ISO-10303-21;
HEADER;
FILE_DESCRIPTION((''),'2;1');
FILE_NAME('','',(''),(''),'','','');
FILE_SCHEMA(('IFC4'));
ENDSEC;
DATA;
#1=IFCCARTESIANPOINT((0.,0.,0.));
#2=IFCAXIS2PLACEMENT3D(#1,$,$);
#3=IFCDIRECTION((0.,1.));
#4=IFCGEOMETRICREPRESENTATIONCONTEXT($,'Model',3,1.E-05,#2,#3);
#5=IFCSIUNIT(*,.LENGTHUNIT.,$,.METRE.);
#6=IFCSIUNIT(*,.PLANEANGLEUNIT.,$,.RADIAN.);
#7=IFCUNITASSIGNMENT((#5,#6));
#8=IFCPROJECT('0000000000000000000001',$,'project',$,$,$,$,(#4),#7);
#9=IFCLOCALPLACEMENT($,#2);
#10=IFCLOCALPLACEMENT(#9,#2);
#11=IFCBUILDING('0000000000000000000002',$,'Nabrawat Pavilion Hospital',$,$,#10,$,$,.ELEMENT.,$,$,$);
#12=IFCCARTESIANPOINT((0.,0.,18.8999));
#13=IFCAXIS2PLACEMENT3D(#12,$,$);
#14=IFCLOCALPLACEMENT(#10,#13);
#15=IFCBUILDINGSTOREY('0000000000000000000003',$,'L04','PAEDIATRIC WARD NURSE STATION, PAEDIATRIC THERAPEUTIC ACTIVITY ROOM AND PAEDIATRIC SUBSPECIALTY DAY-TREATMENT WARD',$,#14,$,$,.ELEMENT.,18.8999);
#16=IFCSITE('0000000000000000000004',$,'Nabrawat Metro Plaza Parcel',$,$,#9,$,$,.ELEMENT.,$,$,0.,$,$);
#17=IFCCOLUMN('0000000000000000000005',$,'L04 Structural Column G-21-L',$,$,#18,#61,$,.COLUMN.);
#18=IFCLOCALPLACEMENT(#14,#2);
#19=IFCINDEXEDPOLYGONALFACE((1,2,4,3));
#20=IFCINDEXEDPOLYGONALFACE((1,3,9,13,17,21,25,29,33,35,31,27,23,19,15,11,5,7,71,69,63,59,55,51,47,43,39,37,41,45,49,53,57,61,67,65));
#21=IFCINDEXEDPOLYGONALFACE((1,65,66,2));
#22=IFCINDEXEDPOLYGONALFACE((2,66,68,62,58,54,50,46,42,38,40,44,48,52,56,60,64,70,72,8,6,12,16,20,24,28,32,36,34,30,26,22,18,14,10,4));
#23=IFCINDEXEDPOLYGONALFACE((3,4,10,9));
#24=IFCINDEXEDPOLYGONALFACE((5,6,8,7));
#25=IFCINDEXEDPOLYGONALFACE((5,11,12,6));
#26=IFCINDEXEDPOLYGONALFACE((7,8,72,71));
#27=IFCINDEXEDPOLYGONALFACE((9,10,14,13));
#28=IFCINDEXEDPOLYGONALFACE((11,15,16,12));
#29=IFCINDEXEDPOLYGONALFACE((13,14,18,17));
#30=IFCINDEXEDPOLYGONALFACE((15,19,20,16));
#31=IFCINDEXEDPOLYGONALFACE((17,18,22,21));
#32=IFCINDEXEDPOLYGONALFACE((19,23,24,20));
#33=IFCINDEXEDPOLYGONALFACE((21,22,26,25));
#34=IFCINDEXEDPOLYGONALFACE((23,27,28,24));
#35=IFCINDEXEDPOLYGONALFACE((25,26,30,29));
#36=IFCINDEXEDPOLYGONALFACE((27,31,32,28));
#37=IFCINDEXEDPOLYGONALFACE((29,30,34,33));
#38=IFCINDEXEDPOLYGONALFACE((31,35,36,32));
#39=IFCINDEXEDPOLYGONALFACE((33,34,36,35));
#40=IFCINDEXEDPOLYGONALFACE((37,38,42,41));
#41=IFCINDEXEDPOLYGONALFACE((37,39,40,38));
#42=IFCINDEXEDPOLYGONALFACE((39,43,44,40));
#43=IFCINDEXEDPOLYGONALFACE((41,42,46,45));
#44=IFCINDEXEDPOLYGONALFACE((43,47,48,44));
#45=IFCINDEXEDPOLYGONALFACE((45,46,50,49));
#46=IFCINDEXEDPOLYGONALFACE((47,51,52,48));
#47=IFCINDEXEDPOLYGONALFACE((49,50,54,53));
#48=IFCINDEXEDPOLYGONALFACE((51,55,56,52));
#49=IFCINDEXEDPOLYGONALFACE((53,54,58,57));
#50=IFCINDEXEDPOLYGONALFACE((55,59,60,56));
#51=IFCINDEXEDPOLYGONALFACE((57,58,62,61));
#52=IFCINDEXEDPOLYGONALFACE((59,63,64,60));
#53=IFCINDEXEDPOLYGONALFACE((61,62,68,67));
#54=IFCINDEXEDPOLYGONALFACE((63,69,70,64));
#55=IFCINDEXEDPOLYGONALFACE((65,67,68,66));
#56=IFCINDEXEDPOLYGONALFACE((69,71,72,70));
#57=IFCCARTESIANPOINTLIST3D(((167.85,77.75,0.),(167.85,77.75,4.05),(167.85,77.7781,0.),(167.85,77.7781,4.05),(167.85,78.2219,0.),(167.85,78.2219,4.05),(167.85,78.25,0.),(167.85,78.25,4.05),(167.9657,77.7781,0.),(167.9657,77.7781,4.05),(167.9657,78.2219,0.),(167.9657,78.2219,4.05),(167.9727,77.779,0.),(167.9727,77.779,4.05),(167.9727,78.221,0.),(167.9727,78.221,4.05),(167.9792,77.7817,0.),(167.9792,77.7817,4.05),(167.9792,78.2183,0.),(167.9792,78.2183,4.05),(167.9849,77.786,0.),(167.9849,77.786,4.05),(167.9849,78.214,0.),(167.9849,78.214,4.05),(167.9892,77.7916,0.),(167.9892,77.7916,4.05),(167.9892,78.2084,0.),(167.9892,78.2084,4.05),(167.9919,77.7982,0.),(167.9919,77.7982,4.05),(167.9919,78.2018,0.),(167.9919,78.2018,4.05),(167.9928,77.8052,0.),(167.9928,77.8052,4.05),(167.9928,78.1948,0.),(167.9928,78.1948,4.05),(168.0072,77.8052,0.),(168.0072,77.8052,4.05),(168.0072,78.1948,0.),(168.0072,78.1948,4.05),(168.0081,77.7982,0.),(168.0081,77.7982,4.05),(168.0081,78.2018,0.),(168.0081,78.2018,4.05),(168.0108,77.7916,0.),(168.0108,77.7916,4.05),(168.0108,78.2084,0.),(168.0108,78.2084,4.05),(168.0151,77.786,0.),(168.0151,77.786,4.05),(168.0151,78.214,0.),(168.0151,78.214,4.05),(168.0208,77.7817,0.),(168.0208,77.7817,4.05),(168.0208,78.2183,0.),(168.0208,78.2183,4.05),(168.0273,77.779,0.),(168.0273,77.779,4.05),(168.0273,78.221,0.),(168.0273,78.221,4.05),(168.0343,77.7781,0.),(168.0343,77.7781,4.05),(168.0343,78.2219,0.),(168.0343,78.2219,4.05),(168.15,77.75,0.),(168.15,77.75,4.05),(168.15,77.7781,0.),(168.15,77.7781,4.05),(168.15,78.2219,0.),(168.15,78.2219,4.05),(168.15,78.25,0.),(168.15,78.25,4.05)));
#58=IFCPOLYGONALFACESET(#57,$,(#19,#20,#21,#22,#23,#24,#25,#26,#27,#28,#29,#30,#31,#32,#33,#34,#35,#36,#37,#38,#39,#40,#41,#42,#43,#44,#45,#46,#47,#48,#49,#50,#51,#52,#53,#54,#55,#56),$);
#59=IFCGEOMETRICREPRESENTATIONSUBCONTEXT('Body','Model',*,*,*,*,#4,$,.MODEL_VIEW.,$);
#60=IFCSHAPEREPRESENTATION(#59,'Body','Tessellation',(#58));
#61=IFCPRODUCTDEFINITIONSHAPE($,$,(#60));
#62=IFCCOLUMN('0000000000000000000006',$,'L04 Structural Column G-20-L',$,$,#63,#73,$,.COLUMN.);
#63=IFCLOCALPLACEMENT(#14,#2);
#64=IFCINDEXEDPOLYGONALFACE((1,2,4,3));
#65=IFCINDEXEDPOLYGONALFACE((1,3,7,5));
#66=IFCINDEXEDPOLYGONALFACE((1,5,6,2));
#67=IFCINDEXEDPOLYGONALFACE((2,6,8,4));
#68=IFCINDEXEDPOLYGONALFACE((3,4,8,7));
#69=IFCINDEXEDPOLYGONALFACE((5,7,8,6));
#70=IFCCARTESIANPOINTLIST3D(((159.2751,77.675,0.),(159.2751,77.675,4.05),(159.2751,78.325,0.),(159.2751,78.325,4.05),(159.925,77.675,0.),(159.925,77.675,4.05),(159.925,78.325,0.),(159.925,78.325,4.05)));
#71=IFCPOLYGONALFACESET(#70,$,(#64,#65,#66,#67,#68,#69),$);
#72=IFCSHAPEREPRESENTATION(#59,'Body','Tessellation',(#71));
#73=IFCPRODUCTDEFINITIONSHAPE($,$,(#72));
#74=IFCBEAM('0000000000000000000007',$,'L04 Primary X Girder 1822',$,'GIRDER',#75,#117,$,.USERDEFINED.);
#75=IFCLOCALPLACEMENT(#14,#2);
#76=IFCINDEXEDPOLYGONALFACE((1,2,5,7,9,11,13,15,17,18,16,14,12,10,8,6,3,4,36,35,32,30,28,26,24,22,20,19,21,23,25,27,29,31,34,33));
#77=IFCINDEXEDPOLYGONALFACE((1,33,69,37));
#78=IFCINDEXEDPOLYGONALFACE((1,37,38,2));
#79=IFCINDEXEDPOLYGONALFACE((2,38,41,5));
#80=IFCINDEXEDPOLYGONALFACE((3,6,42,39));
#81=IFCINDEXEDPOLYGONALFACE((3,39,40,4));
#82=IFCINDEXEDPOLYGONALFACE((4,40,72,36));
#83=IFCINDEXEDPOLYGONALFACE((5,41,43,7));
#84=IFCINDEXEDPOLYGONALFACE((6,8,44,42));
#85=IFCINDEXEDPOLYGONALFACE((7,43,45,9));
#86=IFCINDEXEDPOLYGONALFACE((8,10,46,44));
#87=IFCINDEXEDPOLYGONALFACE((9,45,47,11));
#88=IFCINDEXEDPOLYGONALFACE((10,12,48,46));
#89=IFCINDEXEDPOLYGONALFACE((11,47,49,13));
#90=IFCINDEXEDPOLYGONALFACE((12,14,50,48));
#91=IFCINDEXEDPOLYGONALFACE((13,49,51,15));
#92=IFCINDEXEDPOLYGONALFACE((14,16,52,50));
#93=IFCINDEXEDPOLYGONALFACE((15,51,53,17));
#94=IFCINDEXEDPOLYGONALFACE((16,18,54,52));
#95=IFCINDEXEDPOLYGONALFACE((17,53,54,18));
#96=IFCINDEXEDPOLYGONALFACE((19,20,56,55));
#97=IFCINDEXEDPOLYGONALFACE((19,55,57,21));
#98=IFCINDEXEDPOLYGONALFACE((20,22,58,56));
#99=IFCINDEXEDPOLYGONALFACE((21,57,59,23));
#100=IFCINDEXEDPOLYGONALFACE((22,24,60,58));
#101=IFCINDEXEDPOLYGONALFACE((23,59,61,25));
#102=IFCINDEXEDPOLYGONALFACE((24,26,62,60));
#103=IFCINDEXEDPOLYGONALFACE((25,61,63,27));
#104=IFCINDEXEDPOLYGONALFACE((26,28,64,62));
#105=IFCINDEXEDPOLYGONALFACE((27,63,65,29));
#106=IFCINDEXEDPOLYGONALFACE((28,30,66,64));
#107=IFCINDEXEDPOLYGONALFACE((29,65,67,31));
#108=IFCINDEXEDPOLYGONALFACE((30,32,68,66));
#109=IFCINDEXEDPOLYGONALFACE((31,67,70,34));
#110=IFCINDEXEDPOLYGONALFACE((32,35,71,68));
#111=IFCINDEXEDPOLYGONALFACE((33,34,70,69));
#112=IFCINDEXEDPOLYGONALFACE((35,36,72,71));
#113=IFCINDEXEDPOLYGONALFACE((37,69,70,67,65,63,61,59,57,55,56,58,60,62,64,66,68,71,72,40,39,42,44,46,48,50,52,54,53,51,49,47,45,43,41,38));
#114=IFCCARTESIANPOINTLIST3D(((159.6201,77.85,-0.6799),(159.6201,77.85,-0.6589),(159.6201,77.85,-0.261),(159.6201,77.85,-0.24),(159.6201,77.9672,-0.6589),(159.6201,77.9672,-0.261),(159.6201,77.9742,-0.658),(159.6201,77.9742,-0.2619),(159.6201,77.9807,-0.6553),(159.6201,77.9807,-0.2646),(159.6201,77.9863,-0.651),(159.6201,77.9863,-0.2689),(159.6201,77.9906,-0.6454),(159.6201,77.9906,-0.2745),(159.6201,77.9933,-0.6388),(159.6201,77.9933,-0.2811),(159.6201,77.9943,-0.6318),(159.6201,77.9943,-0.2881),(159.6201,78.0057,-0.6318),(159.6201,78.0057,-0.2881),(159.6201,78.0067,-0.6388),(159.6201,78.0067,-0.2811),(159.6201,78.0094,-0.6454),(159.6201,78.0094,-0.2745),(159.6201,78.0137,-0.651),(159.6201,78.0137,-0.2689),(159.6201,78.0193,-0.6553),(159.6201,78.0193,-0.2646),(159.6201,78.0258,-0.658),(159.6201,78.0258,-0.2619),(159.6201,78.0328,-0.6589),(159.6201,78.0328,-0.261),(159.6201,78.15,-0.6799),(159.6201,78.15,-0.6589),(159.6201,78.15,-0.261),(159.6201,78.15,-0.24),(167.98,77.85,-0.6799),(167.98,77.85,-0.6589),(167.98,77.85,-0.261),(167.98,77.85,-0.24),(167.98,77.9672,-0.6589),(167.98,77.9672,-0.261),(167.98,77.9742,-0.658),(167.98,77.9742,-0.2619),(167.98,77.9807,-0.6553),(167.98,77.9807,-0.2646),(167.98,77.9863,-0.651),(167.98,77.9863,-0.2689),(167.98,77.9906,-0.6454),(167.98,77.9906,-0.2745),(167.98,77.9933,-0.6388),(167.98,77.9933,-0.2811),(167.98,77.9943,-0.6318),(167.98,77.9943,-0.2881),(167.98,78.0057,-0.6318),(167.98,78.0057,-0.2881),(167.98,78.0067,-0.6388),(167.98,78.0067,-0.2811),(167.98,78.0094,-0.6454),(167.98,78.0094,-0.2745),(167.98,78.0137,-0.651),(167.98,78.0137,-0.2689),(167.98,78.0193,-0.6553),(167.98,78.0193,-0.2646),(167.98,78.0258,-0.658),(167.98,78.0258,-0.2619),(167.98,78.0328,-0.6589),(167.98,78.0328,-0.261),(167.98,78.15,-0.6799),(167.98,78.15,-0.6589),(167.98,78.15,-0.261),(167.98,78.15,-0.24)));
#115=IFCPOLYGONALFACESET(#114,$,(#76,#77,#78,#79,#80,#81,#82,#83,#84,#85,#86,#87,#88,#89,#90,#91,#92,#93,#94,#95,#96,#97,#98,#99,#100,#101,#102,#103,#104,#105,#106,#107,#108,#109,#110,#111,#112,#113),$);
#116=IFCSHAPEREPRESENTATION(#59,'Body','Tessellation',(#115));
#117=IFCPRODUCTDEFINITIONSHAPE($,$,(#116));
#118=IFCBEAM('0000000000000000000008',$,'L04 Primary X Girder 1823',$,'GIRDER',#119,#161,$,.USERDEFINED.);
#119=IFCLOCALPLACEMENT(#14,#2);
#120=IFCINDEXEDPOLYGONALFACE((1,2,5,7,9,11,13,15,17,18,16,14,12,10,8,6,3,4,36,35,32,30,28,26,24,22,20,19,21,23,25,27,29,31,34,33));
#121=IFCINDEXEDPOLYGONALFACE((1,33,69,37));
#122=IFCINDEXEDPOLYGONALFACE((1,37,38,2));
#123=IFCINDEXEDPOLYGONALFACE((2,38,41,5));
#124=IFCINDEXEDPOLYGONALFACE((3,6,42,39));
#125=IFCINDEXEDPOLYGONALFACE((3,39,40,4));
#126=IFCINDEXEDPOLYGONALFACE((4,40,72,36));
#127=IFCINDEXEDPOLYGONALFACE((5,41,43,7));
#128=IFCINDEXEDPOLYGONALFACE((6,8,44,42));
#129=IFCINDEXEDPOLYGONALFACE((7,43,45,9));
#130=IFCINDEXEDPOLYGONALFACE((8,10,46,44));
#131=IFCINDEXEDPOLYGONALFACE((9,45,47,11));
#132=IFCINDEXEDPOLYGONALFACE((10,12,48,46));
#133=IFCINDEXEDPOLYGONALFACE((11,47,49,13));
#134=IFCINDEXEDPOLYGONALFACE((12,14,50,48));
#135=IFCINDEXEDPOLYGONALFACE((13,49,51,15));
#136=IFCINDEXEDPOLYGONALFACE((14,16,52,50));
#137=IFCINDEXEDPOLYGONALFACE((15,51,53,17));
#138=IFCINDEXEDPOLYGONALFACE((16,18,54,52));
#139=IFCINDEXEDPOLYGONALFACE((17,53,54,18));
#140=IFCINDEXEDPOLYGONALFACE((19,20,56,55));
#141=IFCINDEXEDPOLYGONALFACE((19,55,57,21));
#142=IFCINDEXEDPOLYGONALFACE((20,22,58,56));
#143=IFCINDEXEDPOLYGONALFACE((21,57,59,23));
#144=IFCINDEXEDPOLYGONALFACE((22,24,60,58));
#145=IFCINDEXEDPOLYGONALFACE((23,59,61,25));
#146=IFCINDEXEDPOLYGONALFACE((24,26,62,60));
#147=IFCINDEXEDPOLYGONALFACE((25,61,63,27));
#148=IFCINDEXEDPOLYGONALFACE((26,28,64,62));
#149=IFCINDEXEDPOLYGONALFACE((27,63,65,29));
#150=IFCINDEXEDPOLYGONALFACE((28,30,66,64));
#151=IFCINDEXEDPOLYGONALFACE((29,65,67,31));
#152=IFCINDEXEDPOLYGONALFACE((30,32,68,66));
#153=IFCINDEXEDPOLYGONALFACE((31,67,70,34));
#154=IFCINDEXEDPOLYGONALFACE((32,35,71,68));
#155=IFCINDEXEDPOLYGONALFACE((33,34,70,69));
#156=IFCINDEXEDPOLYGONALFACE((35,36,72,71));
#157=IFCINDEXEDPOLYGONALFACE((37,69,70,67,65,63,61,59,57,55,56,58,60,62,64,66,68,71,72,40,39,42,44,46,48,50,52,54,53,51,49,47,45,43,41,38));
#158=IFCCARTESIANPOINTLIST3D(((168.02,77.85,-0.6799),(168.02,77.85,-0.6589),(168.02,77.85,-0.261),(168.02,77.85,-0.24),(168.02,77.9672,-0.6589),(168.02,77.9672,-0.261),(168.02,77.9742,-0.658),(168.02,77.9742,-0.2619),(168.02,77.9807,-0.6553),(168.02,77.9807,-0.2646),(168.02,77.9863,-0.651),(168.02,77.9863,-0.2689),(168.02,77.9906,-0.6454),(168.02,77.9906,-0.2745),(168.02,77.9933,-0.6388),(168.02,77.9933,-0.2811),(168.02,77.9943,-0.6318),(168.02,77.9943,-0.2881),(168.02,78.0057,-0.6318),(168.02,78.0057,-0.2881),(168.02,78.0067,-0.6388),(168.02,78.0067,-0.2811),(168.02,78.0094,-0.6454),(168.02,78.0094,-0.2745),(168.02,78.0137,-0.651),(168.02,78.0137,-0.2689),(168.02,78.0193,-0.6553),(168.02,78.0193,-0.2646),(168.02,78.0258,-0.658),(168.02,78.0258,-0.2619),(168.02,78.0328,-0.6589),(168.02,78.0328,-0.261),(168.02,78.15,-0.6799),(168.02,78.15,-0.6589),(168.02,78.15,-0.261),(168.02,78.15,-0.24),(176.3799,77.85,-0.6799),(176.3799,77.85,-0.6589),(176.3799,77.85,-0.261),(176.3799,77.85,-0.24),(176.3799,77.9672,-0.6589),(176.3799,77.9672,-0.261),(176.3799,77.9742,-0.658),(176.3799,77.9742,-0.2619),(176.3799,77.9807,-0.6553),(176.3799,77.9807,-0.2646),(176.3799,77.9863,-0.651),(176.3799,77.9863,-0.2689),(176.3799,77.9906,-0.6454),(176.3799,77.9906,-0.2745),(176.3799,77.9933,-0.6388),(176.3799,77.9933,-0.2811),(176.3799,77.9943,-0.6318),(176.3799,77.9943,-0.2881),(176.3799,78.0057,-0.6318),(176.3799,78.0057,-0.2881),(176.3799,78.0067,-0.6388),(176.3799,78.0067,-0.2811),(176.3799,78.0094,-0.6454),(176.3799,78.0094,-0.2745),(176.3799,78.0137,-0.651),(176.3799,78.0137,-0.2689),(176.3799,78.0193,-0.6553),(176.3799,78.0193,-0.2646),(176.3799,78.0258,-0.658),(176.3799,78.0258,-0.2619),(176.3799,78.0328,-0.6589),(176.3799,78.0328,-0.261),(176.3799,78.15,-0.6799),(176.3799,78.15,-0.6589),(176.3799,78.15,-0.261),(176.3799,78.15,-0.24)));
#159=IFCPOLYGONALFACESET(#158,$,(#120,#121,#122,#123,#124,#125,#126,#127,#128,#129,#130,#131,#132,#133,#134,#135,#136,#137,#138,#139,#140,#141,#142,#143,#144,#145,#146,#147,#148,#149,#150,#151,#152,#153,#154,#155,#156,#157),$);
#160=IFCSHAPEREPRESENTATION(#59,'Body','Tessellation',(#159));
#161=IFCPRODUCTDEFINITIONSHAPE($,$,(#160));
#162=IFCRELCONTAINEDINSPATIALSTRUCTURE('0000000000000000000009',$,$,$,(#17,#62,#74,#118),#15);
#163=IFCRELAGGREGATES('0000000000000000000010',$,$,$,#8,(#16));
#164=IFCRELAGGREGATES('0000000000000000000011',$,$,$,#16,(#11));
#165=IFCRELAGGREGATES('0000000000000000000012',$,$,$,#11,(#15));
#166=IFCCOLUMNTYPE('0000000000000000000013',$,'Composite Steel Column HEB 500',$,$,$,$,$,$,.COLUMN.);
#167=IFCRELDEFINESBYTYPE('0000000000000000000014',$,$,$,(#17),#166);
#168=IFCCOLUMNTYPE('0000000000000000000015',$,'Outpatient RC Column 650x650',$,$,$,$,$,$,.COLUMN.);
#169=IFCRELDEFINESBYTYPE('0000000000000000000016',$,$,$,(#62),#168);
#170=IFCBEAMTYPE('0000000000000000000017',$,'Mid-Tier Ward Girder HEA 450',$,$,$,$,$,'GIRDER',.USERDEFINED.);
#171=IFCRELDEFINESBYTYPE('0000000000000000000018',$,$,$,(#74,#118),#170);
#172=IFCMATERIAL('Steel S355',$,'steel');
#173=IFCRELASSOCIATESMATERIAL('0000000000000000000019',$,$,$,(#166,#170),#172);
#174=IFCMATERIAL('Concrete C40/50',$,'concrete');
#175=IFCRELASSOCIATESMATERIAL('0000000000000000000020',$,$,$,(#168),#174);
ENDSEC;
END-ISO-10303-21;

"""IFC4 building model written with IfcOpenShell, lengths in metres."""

from ifc_helpers import new_model, si_unit, direction, frame, origin, origin_2d, place, context, subcontext, project, spatial, rectangle, i_section, extrude, material, material_profile, profile_set, type_object, element, save


model = new_model("IFC4")

# Units and contexts
model_context = context("Model", 3, precision=1e-05, world=origin(), true_north=direction((0.0, 1.0)))
body_context = subcontext(model_context, "Body", "Model", "MODEL_VIEW")
ifc_project = project(units=[si_unit("LENGTHUNIT", "METRE"), si_unit("PLANEANGLEUNIT", "RADIAN")], contexts=[model_context])

# Site, building, storey
site_placement = place(None, origin())
site = spatial("IfcSite", under=ifc_project, at=site_placement, Name="Nabrawat Metro Plaza Parcel", CompositionType="ELEMENT", RefElevation=0.0)
building_placement = place(site_placement, origin())
building = spatial("IfcBuilding", under=site, at=building_placement, Name="Nabrawat Pavilion Hospital", CompositionType="ELEMENT")
storey_placement = place(building_placement, frame((0.0, 0.0, 18.8999)))
storey = spatial("IfcBuildingStorey", under=building, at=storey_placement, Name="L04", Description="PAEDIATRIC WARD NURSE STATION, PAEDIATRIC THERAPEUTIC ACTIVITY ROOM AND PAEDIATRIC SUBSPECIALTY DAY-TREATMENT WARD", CompositionType="ELEMENT", Elevation=18.8999)

# Columns
ifc_material_1 = material(Name="Steel S355", Category="steel")
ifc_material_profile_1 = material_profile(ifc_material_1, i_section(OverallWidth=0.3, OverallDepth=0.5, WebThickness=0.0144, FlangeThickness=0.0281, FilletRadius=0.0271, at=origin_2d()), Name="HEB 500")
ifc_profile_set_1 = profile_set([ifc_material_profile_1], Name="Steel S355")
column_type_1 = type_object("IfcColumnType", Name="Composite Steel Column HEB 500", PredefinedType="COLUMN", material=ifc_profile_set_1)
column_1_placement = place(storey_placement, frame((168.0, 78.0, 0.0), z_axis=(0.0, 0.0, 1.0), x_axis=(1.0, 0.0, 0.0)))
element("IfcColumn", 1, at=column_1_placement, inside=storey, type_object=column_type_1, Name="L04 Structural Column G-21-L", PredefinedType="COLUMN", context=body_context, shape_type="SweptSolid", body=[
    extrude(i_section(OverallWidth=0.3, OverallDepth=0.5, WebThickness=0.0144, FlangeThickness=0.0281, FilletRadius=0.0271, at=origin_2d()), origin(), (0.0, 0.0, 1.0), 4.05),
])
ifc_material_2 = material(Name="Concrete C40/50", Category="concrete")
ifc_material_profile_2 = material_profile(ifc_material_2, rectangle(XDim=0.6499, YDim=0.6499, at=origin_2d()), Name="RC 650x650")
ifc_profile_set_2 = profile_set([ifc_material_profile_2], Name="Concrete C40/50")
column_type_2 = type_object("IfcColumnType", Name="Outpatient RC Column 650x650", PredefinedType="COLUMN", material=ifc_profile_set_2)
column_2_placement = place(storey_placement, frame((159.6001, 78.0, 0.0), z_axis=(0.0, 0.0, 1.0), x_axis=(1.0, 0.0, 0.0)))
element("IfcColumn", 2, at=column_2_placement, inside=storey, type_object=column_type_2, Name="L04 Structural Column G-20-L", PredefinedType="COLUMN", context=body_context, shape_type="SweptSolid", body=[
    extrude(rectangle(XDim=0.6499, YDim=0.6499, at=origin_2d()), origin(), (0.0, 0.0, 1.0), 4.05),
])

# Beams
ifc_material_profile_3 = material_profile(ifc_material_1, i_section(OverallWidth=0.3, OverallDepth=0.4399, WebThickness=0.0115, FlangeThickness=0.021, FilletRadius=0.0271, at=origin_2d()), Name="HEA 450")
ifc_profile_set_3 = profile_set([ifc_material_profile_3], Name="Steel S355")
beam_type_1 = type_object("IfcBeamType", Name="Mid-Tier Ward Girder HEA 450", ElementType="GIRDER", PredefinedType="USERDEFINED", material=ifc_profile_set_3)
for number, where, z_axis, x_axis, name in (
    (3, (159.6201, 78.0, -0.46), (1.0, 0.0, 0.0), (0.0, 1.0, 0.0), "L04 Primary X Girder 1822"),
    (4, (168.02, 78.0, -0.46), (1.0, 0.0, 0.0), (0.0, 1.0, 0.0), "L04 Primary X Girder 1823"),
):
    element("IfcBeam", number, at=place(storey_placement, frame(where, z_axis=z_axis, x_axis=x_axis)), inside=storey, type_object=beam_type_1, Name=name, ObjectType="GIRDER", PredefinedType="USERDEFINED", context=body_context, shape_type="SweptSolid", body=[
        extrude(i_section(OverallWidth=0.3, OverallDepth=0.4399, WebThickness=0.0115, FlangeThickness=0.021, FilletRadius=0.0271, at=origin_2d()), origin(), (0.0, 0.0, 1.0), 8.3599),
    ])

save(model, "model.ifc")
